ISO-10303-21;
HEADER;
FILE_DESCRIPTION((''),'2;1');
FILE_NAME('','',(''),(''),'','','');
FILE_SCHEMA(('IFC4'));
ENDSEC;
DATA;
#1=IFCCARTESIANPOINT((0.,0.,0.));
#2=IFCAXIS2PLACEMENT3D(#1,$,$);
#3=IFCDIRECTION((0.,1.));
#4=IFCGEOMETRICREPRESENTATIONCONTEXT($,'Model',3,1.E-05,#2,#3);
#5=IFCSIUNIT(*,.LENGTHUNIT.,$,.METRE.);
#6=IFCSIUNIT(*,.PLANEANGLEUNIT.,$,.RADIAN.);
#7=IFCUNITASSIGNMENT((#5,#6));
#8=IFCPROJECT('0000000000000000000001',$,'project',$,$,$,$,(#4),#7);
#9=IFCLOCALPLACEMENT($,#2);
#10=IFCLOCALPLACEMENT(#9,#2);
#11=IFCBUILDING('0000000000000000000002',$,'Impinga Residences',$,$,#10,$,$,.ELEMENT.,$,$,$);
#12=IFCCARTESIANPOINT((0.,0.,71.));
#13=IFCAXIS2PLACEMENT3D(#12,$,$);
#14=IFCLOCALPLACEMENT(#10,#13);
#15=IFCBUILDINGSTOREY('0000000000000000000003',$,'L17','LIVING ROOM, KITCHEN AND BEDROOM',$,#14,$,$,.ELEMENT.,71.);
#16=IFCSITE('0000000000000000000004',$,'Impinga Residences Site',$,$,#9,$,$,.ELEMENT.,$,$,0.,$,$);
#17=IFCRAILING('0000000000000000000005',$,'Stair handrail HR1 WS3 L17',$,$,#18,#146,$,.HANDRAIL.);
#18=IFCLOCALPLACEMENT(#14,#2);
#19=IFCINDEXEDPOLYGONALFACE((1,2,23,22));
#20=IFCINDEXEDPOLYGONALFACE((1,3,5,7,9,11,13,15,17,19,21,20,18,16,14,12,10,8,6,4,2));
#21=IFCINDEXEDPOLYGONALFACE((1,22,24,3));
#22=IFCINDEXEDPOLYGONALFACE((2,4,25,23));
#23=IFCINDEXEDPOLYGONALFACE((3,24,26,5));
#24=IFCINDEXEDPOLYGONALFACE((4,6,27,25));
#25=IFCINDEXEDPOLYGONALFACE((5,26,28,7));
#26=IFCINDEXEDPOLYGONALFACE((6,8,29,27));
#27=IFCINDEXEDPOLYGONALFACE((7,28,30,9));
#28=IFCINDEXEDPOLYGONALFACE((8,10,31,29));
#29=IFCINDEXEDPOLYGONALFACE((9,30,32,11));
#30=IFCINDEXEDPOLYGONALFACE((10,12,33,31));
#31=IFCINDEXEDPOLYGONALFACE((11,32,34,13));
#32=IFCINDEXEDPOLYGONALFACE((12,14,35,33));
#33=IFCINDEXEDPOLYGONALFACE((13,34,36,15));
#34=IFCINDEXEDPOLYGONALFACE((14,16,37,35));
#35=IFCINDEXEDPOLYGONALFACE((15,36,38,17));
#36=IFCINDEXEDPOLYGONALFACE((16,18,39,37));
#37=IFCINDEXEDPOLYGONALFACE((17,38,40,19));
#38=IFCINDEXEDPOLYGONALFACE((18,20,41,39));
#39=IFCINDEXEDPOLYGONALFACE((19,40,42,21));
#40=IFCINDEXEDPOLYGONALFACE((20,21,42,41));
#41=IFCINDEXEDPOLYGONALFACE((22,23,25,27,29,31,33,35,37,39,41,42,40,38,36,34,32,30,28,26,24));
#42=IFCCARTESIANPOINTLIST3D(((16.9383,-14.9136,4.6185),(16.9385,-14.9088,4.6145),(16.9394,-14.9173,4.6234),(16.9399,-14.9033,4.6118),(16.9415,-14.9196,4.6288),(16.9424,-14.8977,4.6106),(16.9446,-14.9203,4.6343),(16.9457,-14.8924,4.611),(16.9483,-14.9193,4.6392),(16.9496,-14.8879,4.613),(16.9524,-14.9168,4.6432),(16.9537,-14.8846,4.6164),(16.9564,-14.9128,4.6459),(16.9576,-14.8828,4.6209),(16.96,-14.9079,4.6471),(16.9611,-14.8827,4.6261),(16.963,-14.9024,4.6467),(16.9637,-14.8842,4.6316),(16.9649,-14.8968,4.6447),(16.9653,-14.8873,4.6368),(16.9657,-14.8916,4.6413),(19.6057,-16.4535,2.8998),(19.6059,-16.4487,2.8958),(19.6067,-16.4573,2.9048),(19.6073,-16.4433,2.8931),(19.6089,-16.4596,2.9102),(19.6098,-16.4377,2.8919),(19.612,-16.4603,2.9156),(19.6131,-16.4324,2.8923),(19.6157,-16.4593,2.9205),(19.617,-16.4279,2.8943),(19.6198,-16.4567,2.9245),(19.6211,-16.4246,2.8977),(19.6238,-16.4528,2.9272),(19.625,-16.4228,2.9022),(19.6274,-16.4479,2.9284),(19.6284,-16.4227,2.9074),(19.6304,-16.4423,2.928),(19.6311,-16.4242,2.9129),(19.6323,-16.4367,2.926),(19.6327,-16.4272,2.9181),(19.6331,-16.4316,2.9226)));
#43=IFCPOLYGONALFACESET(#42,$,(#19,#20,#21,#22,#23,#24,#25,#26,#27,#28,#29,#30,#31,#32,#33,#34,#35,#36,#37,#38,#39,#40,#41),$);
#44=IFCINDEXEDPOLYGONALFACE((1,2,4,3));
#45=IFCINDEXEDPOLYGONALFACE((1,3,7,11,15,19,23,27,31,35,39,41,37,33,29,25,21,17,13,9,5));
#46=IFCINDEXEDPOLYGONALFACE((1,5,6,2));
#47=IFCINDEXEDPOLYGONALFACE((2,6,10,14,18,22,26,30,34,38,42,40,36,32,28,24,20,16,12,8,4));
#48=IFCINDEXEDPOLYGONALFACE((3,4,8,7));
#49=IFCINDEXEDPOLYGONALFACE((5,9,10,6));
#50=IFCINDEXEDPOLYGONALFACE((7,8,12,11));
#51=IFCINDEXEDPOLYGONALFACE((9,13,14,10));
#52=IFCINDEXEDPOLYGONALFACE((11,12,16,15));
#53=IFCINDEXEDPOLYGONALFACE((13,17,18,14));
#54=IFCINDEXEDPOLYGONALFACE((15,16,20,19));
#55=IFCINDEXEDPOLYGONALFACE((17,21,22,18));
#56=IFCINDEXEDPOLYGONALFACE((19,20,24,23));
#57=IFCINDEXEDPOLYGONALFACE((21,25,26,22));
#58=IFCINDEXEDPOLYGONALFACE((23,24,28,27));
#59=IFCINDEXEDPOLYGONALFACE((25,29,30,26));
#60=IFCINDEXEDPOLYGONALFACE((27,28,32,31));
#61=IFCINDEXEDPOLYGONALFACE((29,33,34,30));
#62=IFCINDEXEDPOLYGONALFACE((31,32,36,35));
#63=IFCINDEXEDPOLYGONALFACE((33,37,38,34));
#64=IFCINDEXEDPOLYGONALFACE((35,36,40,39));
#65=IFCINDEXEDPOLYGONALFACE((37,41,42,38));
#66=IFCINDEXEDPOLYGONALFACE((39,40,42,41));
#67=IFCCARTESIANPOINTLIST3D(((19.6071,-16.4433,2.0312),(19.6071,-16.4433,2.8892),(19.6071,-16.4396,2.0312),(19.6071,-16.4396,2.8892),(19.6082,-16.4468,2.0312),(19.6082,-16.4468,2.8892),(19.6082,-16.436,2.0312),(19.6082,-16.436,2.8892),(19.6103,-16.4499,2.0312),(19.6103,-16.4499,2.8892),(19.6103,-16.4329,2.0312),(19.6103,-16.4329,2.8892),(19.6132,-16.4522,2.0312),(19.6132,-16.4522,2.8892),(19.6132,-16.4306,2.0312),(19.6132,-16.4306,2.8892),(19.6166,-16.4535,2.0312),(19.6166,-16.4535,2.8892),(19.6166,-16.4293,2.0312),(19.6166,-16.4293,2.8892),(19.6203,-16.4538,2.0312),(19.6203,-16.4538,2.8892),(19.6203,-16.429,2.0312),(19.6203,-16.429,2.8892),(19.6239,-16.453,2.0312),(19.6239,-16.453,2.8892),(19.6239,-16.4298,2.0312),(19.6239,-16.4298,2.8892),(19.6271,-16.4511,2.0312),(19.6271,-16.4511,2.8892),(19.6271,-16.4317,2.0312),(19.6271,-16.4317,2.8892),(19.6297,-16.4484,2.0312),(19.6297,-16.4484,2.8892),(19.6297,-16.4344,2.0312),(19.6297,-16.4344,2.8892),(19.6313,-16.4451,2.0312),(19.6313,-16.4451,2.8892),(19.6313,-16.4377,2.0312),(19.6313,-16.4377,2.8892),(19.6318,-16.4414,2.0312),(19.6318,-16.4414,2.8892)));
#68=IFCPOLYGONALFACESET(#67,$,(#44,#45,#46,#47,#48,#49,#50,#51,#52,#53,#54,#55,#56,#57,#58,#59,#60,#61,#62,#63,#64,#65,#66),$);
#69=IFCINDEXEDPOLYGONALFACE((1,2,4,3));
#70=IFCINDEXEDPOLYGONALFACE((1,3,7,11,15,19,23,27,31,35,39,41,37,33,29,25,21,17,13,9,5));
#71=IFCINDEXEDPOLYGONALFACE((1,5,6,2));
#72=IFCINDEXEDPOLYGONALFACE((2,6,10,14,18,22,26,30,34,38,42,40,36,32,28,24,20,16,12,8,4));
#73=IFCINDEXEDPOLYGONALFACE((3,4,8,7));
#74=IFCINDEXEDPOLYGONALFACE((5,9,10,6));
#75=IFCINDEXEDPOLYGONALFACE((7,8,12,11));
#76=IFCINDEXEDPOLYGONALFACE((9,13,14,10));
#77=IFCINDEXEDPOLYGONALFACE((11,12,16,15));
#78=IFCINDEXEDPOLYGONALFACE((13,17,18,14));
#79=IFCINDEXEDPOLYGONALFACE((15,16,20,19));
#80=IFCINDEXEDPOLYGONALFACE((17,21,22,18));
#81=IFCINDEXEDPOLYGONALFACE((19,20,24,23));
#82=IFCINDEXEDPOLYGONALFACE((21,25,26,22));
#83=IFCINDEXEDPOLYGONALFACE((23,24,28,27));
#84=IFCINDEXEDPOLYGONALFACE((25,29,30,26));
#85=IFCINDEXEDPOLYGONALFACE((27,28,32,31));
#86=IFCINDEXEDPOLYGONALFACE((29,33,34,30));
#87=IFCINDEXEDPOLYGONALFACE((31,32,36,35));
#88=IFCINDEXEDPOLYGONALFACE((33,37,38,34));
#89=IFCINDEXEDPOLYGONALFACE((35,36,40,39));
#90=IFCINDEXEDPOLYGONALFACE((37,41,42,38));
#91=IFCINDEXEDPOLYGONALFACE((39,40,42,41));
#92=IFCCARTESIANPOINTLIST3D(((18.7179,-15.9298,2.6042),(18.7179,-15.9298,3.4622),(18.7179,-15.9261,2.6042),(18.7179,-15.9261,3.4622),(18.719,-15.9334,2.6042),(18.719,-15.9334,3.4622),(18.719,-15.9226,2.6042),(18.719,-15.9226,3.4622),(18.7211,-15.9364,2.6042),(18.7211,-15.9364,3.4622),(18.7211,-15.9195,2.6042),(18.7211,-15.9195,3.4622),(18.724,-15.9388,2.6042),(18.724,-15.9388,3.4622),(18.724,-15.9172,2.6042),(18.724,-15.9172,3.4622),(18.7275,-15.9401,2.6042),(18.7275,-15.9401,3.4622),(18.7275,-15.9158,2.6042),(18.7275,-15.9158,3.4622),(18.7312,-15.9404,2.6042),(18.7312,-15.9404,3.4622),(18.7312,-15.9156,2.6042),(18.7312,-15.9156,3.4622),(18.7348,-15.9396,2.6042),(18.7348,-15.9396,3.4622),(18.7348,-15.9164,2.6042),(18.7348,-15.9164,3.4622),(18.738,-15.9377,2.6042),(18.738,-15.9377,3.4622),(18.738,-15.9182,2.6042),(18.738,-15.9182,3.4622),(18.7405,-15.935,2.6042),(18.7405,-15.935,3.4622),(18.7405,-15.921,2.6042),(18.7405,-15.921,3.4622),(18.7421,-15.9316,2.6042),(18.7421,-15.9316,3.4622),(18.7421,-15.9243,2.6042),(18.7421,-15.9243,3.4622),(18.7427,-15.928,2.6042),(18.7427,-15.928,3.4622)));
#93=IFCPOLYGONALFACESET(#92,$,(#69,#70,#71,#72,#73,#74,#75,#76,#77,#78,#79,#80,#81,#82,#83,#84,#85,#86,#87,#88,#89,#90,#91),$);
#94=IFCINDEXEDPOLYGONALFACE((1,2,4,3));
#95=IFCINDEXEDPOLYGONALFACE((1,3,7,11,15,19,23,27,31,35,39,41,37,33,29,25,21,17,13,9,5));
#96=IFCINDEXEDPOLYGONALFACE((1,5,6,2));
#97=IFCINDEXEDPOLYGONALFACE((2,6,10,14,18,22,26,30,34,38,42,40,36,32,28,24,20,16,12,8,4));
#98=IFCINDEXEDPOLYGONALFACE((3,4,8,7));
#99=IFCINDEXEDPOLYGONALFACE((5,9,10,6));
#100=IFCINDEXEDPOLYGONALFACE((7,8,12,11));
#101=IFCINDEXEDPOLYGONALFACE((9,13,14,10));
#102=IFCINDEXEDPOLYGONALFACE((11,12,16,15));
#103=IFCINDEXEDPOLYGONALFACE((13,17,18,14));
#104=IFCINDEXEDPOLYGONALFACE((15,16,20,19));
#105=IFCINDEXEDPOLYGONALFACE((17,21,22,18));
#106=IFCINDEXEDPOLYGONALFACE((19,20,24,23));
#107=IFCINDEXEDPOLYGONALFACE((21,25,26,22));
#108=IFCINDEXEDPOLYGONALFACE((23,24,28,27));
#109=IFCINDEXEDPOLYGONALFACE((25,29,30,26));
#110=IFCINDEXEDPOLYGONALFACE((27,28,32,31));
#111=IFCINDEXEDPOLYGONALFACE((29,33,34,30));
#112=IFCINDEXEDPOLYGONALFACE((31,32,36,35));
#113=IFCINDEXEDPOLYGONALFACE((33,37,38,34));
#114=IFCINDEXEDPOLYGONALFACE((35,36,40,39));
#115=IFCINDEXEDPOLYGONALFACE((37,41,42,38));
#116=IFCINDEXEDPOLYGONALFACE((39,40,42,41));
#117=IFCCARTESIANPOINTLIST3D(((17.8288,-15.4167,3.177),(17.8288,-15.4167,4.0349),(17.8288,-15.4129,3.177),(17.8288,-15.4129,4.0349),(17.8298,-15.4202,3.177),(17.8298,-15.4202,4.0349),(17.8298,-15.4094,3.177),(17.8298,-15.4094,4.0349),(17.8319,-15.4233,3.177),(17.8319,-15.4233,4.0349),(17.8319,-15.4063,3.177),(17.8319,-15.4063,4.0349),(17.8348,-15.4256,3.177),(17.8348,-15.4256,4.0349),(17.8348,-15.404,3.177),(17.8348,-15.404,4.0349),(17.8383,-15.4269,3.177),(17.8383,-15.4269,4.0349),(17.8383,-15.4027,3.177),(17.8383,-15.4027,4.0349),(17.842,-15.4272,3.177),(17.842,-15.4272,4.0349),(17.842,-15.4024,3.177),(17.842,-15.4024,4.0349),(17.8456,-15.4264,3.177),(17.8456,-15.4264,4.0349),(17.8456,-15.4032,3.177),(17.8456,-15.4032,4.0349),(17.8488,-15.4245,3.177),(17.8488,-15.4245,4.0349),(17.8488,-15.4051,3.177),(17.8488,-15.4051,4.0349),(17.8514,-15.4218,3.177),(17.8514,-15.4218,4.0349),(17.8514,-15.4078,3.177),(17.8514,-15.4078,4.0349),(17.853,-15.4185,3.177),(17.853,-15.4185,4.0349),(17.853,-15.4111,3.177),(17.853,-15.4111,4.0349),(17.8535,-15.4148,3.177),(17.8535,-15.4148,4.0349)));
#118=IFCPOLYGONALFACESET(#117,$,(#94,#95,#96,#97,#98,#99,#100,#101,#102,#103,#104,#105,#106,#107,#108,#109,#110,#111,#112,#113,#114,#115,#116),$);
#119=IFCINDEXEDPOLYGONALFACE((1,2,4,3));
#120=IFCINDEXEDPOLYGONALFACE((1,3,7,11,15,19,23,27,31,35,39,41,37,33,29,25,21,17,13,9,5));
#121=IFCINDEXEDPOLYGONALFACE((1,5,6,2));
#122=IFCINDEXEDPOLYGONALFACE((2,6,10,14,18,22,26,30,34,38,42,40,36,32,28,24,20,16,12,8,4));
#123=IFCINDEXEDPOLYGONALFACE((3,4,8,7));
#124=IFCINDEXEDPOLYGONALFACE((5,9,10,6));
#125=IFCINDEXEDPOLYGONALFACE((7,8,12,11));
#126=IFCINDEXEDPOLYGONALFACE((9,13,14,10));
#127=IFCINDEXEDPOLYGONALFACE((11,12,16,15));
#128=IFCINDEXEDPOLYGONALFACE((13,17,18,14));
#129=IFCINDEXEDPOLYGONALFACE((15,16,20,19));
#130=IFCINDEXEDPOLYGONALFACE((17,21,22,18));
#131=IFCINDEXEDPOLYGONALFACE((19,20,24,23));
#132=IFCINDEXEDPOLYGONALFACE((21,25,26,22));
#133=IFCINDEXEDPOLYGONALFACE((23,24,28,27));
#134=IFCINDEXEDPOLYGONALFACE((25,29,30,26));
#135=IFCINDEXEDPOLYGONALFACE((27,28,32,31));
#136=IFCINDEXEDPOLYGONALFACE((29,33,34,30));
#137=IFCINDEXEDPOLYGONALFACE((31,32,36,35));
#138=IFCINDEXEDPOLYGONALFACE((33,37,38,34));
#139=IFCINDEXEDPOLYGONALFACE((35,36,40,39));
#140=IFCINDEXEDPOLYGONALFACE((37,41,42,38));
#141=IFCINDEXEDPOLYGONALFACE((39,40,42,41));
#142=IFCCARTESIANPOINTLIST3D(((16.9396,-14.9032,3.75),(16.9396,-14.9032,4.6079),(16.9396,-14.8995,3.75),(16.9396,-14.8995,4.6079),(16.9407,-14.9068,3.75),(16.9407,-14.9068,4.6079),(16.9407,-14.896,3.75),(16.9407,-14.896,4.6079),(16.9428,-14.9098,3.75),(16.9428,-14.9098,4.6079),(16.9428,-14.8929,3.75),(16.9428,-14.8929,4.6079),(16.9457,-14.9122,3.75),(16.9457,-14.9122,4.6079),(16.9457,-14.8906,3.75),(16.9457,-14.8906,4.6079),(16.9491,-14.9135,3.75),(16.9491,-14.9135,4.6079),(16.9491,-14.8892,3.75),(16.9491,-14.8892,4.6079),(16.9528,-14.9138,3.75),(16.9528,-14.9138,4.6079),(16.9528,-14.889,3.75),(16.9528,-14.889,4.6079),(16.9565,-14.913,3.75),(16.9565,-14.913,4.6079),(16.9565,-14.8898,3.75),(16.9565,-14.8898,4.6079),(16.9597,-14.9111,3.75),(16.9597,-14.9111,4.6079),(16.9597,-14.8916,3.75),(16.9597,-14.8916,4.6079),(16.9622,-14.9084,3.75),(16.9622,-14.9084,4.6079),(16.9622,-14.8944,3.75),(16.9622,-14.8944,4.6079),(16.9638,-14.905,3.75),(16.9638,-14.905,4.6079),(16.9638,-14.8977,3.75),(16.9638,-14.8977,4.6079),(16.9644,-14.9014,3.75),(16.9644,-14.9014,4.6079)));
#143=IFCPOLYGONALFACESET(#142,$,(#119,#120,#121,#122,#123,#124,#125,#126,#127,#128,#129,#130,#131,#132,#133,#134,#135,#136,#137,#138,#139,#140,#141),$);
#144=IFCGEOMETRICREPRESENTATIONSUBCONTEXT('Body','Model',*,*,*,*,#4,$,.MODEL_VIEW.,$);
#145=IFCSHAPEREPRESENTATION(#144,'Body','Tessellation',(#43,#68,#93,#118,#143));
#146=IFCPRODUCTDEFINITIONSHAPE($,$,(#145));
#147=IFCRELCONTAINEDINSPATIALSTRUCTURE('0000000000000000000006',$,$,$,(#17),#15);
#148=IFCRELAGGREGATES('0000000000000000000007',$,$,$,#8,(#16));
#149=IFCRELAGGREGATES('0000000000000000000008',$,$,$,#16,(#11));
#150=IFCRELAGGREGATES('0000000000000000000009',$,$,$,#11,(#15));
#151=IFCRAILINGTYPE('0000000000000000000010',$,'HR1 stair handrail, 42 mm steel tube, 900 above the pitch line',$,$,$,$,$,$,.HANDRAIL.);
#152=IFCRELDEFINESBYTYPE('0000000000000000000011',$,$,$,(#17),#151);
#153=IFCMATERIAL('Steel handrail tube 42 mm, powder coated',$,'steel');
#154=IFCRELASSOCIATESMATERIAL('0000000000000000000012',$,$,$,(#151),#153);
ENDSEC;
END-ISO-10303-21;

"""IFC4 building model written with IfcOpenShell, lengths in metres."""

from ifc_helpers import new_model, si_unit, direction, frame, origin, origin_2d, place, context, subcontext, project, spatial, circle, extrude, material, type_object, element, save


model = new_model("IFC4")

# Units and contexts
model_context = context("Model", 3, precision=1e-05, world=origin(), true_north=direction((0.0, 1.0)))
body_context = subcontext(model_context, "Body", "Model", "MODEL_VIEW")
ifc_project = project(units=[si_unit("LENGTHUNIT", "METRE"), si_unit("PLANEANGLEUNIT", "RADIAN")], contexts=[model_context])

# Site, building, storey
site_placement = place(None, origin())
site = spatial("IfcSite", under=ifc_project, at=site_placement, Name="Impinga Residences Site", CompositionType="ELEMENT", RefElevation=0.0)
building_placement = place(site_placement, origin())
building = spatial("IfcBuilding", under=site, at=building_placement, Name="Impinga Residences", CompositionType="ELEMENT")
storey_placement = place(building_placement, frame((0.0, 0.0, 71.0)))
storey = spatial("IfcBuildingStorey", under=building, at=storey_placement, Name="L17", Description="LIVING ROOM, KITCHEN AND BEDROOM", CompositionType="ELEMENT", Elevation=71.0)

# Railing
ifc_material_1 = material(Name="Steel handrail tube 42 mm, powder coated", Category="steel")
railing_type_1 = type_object("IfcRailingType", Name="HR1 stair handrail, 42 mm steel tube, 900 above the pitch line", PredefinedType="HANDRAIL", material=ifc_material_1)
railing_1_placement = place(storey_placement, frame((19.6194, -16.4414, 2.0312)))
element("IfcRailing", 1, at=railing_1_placement, inside=storey, type_object=railing_type_1, Name="Stair handrail HR1 WS3 L17", PredefinedType="HANDRAIL", context=body_context, shape_type="SweptSolid", body=[
    extrude(circle(Radius=0.021, at=origin_2d()), frame((0.0, 0.0, 0.8789), z_axis=(-0.756256, 0.436616, 0.487282), x_axis=(-0.499992, -0.86603, 0.0)), (0.0, 0.0, 1.0), 3.5271),
    extrude(circle(Radius=0.0125, at=origin_2d()), origin(), (0.0, 0.0, 1.0), 0.8579),
    extrude(circle(Radius=0.0125, at=origin_2d()), frame((-0.8892, 0.5134, 0.573)), (0.0, 0.0, 1.0), 0.8579),
    extrude(circle(Radius=0.0125, at=origin_2d()), frame((-1.7783, 1.0266, 1.1458)), (0.0, 0.0, 1.0), 0.8579),
    extrude(circle(Radius=0.0125, at=origin_2d()), frame((-2.6675, 1.54, 1.7188)), (0.0, 0.0, 1.0), 0.8579),
])

save(model, "model.ifc")
